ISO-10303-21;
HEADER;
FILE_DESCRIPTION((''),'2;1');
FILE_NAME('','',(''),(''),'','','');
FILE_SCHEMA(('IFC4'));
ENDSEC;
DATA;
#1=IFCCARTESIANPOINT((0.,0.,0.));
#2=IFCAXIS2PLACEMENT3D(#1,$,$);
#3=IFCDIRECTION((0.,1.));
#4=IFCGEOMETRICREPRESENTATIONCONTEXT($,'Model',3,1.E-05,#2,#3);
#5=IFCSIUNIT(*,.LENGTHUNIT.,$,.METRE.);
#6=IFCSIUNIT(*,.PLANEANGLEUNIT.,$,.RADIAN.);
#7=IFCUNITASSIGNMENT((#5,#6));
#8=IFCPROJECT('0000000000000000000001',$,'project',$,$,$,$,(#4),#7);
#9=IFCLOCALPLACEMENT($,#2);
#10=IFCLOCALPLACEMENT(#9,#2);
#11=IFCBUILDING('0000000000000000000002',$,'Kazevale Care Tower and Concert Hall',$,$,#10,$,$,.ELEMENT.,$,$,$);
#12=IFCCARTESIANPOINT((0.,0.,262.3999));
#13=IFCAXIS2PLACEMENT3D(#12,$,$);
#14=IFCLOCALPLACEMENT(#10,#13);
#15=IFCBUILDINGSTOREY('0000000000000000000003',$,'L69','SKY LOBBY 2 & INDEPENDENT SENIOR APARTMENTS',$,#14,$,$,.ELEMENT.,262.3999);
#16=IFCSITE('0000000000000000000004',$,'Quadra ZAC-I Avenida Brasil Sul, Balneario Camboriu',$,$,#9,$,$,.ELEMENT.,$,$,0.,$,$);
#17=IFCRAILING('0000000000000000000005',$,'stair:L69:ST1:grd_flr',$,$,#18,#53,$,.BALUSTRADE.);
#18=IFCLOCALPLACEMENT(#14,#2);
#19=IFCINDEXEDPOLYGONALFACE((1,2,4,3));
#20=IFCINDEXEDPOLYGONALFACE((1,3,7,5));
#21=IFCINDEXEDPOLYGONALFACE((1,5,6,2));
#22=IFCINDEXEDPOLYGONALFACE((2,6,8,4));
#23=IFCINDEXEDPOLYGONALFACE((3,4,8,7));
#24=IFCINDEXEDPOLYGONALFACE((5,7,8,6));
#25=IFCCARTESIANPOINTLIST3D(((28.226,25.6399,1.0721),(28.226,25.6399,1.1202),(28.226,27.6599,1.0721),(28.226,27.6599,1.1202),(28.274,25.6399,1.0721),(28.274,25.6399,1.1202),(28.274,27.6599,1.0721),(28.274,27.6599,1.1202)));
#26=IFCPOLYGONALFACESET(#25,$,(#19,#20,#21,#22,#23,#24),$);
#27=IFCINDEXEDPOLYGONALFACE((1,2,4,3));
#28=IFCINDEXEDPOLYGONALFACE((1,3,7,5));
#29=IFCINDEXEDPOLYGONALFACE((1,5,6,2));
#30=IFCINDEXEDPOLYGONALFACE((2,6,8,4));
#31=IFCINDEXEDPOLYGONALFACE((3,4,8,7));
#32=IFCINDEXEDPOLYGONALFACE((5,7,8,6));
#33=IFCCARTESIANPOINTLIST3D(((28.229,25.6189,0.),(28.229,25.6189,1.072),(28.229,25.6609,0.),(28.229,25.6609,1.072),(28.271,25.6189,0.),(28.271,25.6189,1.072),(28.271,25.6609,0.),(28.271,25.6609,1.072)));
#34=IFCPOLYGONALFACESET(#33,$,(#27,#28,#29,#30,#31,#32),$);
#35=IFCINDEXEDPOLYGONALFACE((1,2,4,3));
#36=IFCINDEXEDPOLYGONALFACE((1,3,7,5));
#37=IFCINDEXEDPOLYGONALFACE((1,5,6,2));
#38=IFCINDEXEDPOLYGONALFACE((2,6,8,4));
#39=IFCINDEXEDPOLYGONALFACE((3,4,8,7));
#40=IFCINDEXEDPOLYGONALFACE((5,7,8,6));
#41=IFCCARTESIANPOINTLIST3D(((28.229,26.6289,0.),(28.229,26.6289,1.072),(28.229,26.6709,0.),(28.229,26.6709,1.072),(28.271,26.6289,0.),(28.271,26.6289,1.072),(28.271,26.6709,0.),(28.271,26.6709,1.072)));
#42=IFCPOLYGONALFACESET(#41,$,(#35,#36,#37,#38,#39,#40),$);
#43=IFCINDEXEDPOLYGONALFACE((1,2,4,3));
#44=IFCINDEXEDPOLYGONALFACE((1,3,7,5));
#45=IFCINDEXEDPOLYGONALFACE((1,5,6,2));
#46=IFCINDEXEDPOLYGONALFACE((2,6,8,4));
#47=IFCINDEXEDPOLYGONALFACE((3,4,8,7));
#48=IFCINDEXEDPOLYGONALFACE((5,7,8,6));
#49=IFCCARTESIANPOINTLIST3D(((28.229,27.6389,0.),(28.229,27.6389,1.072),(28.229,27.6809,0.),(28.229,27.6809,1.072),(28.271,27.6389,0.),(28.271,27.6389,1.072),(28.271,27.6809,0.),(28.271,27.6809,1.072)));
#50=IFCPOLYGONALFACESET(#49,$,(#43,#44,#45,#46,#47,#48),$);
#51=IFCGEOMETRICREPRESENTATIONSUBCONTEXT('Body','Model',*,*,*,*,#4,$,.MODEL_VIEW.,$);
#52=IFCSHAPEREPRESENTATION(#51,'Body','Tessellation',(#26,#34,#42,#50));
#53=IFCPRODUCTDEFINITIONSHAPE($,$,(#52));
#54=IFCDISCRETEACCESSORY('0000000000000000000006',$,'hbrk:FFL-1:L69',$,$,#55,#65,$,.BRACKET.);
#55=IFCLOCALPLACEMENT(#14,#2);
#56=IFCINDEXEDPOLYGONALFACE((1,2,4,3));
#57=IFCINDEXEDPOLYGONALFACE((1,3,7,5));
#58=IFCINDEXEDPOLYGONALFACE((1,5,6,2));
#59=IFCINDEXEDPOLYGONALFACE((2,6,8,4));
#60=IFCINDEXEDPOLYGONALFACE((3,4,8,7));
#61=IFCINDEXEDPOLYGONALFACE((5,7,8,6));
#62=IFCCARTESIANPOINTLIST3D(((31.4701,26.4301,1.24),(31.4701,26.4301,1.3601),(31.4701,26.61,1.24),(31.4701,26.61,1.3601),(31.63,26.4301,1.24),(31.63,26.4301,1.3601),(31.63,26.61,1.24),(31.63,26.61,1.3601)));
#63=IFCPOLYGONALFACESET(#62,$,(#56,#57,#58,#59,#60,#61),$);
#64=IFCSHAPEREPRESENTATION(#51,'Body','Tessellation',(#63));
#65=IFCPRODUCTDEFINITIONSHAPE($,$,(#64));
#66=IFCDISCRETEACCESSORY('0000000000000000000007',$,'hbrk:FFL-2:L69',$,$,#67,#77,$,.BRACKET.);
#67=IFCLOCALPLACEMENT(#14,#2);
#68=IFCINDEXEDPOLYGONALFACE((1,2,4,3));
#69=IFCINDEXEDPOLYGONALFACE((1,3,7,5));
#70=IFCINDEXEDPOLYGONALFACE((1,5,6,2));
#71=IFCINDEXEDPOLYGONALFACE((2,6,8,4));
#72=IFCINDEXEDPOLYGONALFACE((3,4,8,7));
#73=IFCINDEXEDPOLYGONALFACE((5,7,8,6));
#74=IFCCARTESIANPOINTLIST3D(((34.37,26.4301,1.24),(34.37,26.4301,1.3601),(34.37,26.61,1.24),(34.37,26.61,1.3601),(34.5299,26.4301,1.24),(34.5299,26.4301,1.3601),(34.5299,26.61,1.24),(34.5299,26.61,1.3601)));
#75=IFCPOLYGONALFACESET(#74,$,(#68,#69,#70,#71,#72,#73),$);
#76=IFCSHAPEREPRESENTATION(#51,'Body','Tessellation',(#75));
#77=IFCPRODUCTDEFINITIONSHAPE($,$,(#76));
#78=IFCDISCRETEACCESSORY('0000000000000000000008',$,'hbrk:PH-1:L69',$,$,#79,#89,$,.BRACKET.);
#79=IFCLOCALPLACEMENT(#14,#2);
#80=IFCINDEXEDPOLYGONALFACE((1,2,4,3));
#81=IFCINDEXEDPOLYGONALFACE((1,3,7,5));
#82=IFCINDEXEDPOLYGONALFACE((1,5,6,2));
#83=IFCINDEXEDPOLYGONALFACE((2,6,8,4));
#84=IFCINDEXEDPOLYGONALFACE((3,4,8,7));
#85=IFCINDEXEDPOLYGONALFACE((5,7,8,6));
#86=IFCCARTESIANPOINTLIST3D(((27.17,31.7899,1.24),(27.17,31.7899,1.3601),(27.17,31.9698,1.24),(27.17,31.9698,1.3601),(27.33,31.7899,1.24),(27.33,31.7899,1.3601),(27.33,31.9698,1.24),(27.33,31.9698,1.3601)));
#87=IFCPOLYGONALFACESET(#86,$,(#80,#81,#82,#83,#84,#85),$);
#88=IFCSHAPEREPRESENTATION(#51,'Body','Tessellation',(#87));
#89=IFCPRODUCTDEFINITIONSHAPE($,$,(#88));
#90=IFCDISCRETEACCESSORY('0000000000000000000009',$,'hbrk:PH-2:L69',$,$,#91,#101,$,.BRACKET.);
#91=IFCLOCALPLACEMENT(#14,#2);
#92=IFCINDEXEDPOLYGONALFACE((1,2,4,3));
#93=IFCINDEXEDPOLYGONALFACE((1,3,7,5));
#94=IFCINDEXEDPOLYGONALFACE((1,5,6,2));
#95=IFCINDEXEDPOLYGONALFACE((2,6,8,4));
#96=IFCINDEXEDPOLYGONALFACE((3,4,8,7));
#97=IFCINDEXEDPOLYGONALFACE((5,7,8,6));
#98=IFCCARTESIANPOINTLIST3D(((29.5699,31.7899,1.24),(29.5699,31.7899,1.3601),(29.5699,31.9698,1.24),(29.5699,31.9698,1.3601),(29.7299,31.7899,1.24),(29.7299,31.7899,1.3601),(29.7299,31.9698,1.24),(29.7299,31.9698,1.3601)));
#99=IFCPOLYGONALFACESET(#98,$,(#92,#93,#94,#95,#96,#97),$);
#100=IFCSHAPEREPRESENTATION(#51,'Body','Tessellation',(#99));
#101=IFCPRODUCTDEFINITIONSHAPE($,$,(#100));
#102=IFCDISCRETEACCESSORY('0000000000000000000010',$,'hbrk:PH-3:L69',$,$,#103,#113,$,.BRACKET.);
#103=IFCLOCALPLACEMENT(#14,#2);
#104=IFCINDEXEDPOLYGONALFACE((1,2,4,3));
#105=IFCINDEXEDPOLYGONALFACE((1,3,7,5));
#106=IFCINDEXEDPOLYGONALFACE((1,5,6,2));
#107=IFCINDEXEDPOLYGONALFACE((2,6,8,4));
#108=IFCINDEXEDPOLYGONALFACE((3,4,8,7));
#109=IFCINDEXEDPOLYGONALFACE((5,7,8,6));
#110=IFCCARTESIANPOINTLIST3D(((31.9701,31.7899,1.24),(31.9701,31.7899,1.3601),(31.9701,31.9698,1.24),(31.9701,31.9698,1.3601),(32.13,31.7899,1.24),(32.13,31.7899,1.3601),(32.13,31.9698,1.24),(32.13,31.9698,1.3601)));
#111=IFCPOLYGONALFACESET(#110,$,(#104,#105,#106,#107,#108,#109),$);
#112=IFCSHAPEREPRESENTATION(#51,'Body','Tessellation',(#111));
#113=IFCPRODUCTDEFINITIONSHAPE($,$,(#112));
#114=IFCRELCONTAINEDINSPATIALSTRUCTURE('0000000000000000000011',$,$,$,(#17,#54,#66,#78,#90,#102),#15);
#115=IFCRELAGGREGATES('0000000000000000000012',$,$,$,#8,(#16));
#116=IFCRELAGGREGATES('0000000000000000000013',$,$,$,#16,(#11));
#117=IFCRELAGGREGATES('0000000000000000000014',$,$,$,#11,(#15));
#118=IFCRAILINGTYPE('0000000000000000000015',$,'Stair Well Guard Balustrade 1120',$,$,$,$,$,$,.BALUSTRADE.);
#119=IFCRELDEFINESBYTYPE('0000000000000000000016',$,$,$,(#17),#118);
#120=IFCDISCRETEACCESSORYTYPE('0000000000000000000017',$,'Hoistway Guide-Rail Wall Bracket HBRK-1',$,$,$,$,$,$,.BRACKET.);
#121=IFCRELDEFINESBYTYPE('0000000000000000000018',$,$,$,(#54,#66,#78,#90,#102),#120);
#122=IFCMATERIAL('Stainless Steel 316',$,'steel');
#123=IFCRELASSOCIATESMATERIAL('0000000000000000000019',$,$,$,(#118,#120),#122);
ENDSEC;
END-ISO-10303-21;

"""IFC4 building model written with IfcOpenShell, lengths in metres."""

from ifc_helpers import new_model, si_unit, direction, frame, origin, origin_2d, place, context, subcontext, project, spatial, rectangle, extrude, material, type_object, element, save


model = new_model("IFC4")

# Units and contexts
model_context = context("Model", 3, precision=1e-05, world=origin(), true_north=direction((0.0, 1.0)))
body_context = subcontext(model_context, "Body", "Model", "MODEL_VIEW")
ifc_project = project(units=[si_unit("LENGTHUNIT", "METRE"), si_unit("PLANEANGLEUNIT", "RADIAN")], contexts=[model_context])

# Site, building, storey
site_placement = place(None, origin())
site = spatial("IfcSite", under=ifc_project, at=site_placement, Name="Quadra ZAC-I Avenida Brasil Sul, Balneario Camboriu", CompositionType="ELEMENT", RefElevation=0.0)
building_placement = place(site_placement, origin())
building = spatial("IfcBuilding", under=site, at=building_placement, Name="Kazevale Care Tower and Concert Hall", CompositionType="ELEMENT")
storey_placement = place(building_placement, frame((0.0, 0.0, 262.3999)))
storey = spatial("IfcBuildingStorey", under=building, at=storey_placement, Name="L69", Description="SKY LOBBY 2 & INDEPENDENT SENIOR APARTMENTS", CompositionType="ELEMENT", Elevation=262.3999)

# Shared definitions
ifc_material_1 = material(Name="Stainless Steel 316", Category="steel")

# Railing
railing_type_1 = type_object("IfcRailingType", Name="Stair Well Guard Balustrade 1120", PredefinedType="BALUSTRADE", material=ifc_material_1)
for number, where, name in (
    (1, (28.25, 25.6399, 0.0), "stair:L69:ST1:grd_flr"),
):
    element("IfcRailing", number, at=place(storey_placement, frame(where)), inside=storey, type_object=railing_type_1, Name=name, PredefinedType="BALUSTRADE", context=body_context, shape_type="SweptSolid", body=[
        extrude(rectangle(XDim=0.0481, YDim=0.0481, at=origin_2d()), frame((0.0, 0.0, 1.0962), z_axis=(0.0, 1.0, 0.0), x_axis=(-1.0, 0.0, 0.0)), (0.0, 0.0, 1.0), 2.02),
        extrude(rectangle(XDim=0.042, YDim=0.042, at=origin_2d()), origin(), (0.0, 0.0, 1.0), 1.072),
        extrude(rectangle(XDim=0.042, YDim=0.042, at=origin_2d()), frame((0.0, 1.01, 0.0)), (0.0, 0.0, 1.0), 1.072),
        extrude(rectangle(XDim=0.042, YDim=0.042, at=origin_2d()), frame((0.0, 2.02, 0.0)), (0.0, 0.0, 1.0), 1.072),
    ])

# Discrete accessories
discrete_accessory_type = type_object("IfcDiscreteAccessoryType", Name="Hoistway Guide-Rail Wall Bracket HBRK-1", PredefinedType="BRACKET", material=ifc_material_1)
for number, where, z_axis, x_axis, name in (
    (2, (31.55, 26.52, 1.24), (0.0, 0.0, 1.0), (1.0, 0.0, 0.0), "hbrk:FFL-1:L69"),
    (3, (34.45, 26.52, 1.24), (0.0, 0.0, 1.0), (1.0, 0.0, 0.0), "hbrk:FFL-2:L69"),
    (4, (27.25, 31.8799, 1.24), (0.0, 0.0, 1.0), (1.0, 0.0, 0.0), "hbrk:PH-1:L69"),
    (5, (29.6499, 31.8799, 1.24), (0.0, 0.0, 1.0), (1.0, 0.0, 0.0), "hbrk:PH-2:L69"),
    (6, (32.05, 31.8799, 1.24), (0.0, 0.0, 1.0), (1.0, 0.0, 0.0), "hbrk:PH-3:L69"),
):
    element("IfcDiscreteAccessory", number, at=place(storey_placement, frame(where, z_axis=z_axis, x_axis=x_axis)), inside=storey, type_object=discrete_accessory_type, Name=name, PredefinedType="BRACKET", context=body_context, shape_type="SweptSolid", body=[
        extrude(rectangle(XDim=0.1599, YDim=0.1799, at=origin_2d()), origin(), (0.0, 0.0, 1.0), 0.1201),
    ])

save(model, "model.ifc")
